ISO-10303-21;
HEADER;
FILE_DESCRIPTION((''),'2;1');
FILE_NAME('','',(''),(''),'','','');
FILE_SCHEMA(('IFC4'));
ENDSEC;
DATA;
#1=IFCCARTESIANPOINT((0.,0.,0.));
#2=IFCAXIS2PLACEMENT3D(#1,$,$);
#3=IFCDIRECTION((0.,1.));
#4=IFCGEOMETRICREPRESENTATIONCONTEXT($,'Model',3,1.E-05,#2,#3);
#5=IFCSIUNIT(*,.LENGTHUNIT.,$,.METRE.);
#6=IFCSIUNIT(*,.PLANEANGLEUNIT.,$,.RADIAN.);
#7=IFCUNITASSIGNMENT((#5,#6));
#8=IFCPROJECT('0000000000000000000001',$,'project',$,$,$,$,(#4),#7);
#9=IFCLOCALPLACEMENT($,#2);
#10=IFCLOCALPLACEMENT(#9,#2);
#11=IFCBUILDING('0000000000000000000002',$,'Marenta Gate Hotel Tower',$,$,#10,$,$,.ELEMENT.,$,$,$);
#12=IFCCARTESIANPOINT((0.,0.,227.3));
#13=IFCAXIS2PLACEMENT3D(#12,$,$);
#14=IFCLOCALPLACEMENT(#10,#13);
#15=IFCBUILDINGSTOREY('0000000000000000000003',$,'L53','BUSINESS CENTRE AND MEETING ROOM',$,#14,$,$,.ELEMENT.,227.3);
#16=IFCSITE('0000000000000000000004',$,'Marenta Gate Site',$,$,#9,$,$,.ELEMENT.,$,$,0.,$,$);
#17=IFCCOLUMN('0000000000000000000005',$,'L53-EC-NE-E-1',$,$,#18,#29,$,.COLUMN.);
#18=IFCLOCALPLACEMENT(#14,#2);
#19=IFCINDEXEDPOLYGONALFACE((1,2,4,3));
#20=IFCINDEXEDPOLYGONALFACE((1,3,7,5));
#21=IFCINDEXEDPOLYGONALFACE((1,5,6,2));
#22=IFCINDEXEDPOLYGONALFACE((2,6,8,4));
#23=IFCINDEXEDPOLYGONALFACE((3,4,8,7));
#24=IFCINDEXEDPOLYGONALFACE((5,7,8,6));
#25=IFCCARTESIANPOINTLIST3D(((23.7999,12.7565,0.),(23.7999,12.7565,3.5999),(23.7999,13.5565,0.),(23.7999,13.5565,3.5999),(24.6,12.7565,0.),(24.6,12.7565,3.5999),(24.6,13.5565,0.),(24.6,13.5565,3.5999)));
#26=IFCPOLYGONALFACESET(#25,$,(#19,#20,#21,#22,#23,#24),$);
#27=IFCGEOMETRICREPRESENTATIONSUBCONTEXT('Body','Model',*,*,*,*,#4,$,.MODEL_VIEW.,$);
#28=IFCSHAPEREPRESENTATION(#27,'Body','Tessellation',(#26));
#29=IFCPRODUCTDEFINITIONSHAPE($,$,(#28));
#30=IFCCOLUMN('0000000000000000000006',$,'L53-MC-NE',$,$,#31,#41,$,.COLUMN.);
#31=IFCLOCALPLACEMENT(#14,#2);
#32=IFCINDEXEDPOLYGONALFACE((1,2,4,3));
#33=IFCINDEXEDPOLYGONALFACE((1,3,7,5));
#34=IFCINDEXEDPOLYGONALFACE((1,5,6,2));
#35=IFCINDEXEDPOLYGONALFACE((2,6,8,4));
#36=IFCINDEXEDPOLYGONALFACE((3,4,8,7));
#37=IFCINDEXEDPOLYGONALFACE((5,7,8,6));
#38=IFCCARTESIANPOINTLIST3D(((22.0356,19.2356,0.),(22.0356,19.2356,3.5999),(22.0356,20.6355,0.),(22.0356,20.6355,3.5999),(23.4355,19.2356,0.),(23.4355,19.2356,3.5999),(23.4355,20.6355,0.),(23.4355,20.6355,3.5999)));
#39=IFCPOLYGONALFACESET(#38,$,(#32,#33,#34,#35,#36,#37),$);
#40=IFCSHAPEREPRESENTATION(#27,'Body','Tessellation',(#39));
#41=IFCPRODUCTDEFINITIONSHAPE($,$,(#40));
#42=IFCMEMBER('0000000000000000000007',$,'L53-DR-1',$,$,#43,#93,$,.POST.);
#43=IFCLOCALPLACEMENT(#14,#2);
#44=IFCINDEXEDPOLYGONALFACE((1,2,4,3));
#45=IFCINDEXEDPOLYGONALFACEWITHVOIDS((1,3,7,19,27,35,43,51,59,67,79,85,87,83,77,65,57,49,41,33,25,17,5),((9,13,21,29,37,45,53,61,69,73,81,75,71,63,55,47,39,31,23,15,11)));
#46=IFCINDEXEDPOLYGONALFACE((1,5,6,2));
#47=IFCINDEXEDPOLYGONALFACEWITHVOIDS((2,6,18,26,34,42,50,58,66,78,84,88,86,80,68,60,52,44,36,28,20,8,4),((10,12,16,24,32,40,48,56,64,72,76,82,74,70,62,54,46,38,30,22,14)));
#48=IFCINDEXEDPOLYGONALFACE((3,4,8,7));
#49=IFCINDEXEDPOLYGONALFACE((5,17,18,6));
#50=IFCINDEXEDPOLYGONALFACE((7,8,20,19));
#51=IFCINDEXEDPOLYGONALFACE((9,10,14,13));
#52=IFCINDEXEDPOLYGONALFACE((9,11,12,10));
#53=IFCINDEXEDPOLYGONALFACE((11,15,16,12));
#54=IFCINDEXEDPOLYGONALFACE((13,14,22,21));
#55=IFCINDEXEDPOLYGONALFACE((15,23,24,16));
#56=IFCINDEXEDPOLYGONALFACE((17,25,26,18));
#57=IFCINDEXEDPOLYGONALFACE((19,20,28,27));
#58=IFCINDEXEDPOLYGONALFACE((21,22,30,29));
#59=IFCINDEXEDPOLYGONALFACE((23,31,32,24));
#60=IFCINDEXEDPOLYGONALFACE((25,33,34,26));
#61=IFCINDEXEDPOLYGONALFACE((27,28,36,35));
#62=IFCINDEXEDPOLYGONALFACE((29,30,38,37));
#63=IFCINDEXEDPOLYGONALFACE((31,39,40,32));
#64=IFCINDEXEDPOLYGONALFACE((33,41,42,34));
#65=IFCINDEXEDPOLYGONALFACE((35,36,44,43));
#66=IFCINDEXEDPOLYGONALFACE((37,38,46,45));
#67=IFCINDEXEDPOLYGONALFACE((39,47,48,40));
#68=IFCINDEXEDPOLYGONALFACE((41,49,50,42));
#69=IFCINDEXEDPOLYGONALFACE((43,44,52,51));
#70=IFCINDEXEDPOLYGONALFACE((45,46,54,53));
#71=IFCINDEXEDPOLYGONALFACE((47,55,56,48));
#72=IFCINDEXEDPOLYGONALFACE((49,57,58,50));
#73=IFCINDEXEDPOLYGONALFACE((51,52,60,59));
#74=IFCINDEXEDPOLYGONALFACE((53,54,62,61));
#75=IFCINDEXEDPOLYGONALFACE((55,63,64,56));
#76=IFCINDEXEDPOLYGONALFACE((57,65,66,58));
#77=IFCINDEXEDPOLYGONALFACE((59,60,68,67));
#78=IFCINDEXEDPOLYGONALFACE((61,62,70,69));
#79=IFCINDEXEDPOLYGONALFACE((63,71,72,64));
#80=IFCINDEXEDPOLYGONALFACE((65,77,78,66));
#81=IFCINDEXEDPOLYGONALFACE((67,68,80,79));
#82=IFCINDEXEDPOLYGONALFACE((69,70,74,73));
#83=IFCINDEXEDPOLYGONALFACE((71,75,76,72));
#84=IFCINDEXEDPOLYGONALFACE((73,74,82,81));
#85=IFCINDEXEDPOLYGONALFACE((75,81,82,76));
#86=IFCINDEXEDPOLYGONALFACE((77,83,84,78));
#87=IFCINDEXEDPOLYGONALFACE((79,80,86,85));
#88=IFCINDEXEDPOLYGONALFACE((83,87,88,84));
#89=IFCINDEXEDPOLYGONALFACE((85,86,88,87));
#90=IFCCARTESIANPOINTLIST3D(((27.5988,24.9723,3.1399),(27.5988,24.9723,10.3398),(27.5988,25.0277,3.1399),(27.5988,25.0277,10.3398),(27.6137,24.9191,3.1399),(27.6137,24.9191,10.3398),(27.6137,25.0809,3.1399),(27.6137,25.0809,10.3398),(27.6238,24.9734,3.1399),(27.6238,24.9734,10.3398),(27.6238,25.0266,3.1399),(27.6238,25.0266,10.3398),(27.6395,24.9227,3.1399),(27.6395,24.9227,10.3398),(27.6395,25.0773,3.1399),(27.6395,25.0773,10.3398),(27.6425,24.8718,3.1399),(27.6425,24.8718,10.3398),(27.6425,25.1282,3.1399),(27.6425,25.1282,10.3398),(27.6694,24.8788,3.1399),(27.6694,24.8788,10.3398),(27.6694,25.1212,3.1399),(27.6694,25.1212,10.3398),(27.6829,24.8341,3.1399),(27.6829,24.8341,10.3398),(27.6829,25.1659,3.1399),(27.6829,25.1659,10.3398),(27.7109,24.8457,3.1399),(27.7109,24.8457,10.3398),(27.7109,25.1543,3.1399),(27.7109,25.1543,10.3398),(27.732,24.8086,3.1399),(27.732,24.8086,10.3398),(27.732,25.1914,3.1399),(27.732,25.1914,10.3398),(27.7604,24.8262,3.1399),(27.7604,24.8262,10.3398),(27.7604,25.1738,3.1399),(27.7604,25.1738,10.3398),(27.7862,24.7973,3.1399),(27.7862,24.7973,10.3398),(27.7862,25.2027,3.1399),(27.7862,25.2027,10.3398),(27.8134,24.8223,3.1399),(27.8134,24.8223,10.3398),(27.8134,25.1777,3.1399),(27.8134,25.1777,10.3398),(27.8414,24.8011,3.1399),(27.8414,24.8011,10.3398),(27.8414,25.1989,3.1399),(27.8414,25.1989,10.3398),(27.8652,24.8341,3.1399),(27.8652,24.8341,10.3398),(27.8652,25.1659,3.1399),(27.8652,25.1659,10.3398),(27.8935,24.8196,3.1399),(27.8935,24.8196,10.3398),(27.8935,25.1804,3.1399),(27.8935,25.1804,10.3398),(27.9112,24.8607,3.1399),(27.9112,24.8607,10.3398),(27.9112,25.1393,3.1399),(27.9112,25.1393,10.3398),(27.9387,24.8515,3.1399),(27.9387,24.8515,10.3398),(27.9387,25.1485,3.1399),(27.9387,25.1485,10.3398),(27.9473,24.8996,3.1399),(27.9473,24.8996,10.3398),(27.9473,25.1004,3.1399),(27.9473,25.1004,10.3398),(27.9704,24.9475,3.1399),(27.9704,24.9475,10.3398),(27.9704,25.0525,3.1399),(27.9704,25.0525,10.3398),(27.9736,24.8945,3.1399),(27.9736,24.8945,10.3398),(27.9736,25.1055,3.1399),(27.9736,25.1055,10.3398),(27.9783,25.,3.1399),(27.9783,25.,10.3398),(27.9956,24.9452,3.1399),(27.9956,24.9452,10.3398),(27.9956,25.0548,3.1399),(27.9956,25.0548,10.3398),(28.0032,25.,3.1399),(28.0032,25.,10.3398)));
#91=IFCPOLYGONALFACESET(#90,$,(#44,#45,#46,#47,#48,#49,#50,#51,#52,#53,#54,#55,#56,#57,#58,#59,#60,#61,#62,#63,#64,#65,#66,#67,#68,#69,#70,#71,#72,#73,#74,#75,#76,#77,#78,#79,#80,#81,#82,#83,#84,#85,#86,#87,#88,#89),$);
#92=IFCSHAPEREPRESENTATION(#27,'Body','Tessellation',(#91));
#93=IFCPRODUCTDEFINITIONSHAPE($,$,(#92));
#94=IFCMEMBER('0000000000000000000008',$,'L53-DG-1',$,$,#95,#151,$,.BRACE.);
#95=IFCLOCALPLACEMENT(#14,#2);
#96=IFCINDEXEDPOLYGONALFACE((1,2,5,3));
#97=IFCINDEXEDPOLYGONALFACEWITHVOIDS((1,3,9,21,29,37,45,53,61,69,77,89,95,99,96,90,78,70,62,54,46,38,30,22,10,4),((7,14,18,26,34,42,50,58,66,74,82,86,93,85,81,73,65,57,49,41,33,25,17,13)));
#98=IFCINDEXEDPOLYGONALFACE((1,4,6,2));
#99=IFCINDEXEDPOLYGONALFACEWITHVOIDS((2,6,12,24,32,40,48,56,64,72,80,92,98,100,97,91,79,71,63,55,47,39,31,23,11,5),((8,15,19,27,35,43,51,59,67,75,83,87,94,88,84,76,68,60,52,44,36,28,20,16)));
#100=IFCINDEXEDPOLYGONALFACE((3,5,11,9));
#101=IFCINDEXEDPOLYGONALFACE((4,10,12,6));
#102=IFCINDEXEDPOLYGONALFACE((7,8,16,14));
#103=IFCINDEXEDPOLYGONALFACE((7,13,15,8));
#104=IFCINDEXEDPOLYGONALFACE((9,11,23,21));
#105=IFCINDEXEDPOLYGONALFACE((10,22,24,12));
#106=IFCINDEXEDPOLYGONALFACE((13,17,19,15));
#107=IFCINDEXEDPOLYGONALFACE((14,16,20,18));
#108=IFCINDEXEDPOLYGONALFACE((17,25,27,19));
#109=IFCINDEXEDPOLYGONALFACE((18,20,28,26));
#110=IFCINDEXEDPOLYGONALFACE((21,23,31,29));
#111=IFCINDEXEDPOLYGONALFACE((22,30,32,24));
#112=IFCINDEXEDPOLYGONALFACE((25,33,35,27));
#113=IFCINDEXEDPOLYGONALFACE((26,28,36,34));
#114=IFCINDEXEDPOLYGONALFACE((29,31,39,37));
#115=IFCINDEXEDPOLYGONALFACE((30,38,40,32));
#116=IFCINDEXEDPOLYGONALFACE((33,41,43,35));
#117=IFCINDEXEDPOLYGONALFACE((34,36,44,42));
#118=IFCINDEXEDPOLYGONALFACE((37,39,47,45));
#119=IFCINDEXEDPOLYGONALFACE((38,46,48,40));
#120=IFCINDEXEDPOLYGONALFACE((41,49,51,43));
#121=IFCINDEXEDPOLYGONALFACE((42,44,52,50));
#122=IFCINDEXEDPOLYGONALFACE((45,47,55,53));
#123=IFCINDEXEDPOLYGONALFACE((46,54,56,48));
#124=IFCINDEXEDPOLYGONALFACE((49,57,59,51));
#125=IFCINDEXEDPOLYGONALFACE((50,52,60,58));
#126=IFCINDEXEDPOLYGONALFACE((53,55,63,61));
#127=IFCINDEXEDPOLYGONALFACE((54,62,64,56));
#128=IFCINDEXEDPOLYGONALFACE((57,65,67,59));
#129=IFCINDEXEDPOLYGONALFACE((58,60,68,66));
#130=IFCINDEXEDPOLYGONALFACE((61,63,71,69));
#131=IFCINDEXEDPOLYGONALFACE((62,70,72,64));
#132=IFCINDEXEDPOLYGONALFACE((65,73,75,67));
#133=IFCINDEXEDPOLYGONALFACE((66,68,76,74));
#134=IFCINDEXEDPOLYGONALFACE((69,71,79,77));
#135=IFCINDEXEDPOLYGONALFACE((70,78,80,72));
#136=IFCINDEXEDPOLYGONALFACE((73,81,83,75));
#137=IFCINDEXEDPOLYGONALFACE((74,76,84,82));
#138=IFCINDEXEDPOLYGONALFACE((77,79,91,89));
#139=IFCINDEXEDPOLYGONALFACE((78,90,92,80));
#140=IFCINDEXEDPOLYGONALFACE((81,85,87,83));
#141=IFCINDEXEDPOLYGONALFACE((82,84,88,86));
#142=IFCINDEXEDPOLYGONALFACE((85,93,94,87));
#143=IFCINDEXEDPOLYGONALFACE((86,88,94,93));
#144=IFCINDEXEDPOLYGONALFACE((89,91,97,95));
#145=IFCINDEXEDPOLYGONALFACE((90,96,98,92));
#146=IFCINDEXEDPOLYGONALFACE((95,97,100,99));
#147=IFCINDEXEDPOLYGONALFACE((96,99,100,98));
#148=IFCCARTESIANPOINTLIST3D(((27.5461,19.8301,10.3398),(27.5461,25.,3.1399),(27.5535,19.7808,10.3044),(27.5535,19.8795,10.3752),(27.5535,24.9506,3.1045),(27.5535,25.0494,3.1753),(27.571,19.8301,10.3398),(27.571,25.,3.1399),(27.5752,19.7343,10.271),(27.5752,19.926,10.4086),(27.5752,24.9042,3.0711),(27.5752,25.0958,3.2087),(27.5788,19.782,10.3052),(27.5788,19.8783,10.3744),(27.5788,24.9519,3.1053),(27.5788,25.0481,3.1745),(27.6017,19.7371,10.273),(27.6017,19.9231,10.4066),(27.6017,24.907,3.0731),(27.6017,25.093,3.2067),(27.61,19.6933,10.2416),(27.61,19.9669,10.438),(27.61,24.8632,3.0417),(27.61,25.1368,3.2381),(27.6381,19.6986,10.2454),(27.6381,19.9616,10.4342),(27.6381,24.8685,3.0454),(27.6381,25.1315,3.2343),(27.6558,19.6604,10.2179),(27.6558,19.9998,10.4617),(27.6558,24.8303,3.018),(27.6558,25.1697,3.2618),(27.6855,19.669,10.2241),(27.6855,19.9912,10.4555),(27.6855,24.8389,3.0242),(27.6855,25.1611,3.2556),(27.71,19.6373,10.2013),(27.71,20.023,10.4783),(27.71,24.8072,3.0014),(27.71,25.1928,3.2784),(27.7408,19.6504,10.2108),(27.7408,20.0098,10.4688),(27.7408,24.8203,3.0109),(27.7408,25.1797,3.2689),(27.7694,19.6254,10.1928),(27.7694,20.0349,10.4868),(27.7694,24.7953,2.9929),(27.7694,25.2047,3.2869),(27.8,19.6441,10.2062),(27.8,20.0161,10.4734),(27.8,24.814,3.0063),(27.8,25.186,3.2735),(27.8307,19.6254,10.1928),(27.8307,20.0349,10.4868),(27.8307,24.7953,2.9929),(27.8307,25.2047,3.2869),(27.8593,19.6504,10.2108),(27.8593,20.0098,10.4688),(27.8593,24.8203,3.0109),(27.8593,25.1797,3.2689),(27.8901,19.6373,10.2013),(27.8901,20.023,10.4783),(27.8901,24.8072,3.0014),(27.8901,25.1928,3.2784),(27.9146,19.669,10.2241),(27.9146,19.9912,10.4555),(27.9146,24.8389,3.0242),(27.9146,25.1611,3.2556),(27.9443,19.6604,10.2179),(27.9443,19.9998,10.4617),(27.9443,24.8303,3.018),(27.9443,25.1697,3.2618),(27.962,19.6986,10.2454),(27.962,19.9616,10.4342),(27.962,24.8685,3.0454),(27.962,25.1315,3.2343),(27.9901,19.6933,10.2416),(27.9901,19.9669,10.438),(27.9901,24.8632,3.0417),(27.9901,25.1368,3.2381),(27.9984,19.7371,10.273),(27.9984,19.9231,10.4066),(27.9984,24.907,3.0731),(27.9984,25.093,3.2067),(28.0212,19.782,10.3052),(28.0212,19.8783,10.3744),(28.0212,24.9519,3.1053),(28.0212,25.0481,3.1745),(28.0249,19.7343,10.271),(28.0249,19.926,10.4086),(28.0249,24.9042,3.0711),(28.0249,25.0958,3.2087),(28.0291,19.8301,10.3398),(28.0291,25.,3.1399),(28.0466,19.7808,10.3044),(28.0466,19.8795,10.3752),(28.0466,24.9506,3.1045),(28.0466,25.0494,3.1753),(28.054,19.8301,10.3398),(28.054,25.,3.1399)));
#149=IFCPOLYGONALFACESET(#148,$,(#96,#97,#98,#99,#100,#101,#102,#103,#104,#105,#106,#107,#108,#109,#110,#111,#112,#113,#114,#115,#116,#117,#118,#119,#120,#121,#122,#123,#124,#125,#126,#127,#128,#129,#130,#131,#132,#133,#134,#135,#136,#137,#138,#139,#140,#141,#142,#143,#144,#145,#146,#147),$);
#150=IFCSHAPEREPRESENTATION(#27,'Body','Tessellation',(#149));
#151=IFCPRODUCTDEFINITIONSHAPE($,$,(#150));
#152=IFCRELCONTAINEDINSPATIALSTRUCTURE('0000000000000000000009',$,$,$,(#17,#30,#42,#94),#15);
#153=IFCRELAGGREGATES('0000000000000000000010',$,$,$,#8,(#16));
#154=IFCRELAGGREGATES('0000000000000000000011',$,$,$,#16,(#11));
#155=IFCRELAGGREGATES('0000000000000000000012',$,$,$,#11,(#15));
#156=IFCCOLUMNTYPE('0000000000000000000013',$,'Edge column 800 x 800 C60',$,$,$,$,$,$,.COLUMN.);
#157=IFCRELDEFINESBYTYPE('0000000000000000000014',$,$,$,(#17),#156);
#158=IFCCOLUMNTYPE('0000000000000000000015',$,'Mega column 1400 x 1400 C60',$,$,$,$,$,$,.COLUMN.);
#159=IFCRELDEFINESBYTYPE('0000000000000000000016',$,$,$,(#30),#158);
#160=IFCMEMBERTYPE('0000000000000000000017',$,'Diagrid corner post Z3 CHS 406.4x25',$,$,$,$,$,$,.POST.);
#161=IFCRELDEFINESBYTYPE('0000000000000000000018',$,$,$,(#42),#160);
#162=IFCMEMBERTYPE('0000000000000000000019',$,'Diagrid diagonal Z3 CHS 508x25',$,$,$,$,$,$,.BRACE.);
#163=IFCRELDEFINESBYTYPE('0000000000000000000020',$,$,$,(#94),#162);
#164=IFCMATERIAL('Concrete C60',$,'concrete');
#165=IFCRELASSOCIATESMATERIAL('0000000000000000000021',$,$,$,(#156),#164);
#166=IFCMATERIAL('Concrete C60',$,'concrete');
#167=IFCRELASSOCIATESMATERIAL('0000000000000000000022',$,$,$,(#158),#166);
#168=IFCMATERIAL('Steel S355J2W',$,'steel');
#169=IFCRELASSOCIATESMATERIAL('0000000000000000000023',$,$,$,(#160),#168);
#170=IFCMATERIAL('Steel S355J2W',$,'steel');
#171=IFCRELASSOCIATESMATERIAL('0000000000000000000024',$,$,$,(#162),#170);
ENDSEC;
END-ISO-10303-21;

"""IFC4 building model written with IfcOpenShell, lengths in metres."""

from ifc_helpers import new_model, si_unit, direction, frame, origin, origin_2d, place, context, subcontext, project, spatial, rectangle, hollow_circle, extrude, material, material_profile, profile_set, type_object, element, save


model = new_model("IFC4")

# Units and contexts
model_context = context("Model", 3, precision=1e-05, world=origin(), true_north=direction((0.0, 1.0)))
body_context = subcontext(model_context, "Body", "Model", "MODEL_VIEW")
ifc_project = project(units=[si_unit("LENGTHUNIT", "METRE"), si_unit("PLANEANGLEUNIT", "RADIAN")], contexts=[model_context])

# Site, building, storey
site_placement = place(None, origin())
site = spatial("IfcSite", under=ifc_project, at=site_placement, Name="Marenta Gate Site", CompositionType="ELEMENT", RefElevation=0.0)
building_placement = place(site_placement, origin())
building = spatial("IfcBuilding", under=site, at=building_placement, Name="Marenta Gate Hotel Tower", CompositionType="ELEMENT")
storey_placement = place(building_placement, frame((0.0, 0.0, 227.3)))
storey = spatial("IfcBuildingStorey", under=building, at=storey_placement, Name="L53", Description="BUSINESS CENTRE AND MEETING ROOM", CompositionType="ELEMENT", Elevation=227.3)

# Columns
ifc_material_1 = material(Name="Concrete C60", Category="concrete")
ifc_material_profile_1 = material_profile(ifc_material_1, rectangle(XDim=0.8, YDim=0.8, at=origin_2d()), Name="800 x 800")
ifc_profile_set_1 = profile_set([ifc_material_profile_1], Name="Concrete C60")
column_type_1 = type_object("IfcColumnType", Name="Edge column 800 x 800 C60", PredefinedType="COLUMN", material=ifc_profile_set_1)
column_1_placement = place(storey_placement, frame((24.2, 13.1565, 0.0), z_axis=(0.0, 0.0, 1.0), x_axis=(1.0, 0.0, 0.0)))
element("IfcColumn", 1, at=column_1_placement, inside=storey, type_object=column_type_1, Name="L53-EC-NE-E-1", PredefinedType="COLUMN", context=body_context, shape_type="SweptSolid", body=[
    extrude(rectangle(XDim=0.8, YDim=0.8, at=origin_2d()), origin(), (0.0, 0.0, 1.0), 3.5999),
])
ifc_material_2 = material(Name="Concrete C60", Category="concrete")
ifc_material_profile_2 = material_profile(ifc_material_2, rectangle(XDim=1.3999, YDim=1.3999, at=origin_2d()), Name="1400 x 1400")
ifc_profile_set_2 = profile_set([ifc_material_profile_2], Name="Concrete C60")
column_type_2 = type_object("IfcColumnType", Name="Mega column 1400 x 1400 C60", PredefinedType="COLUMN", material=ifc_profile_set_2)
column_2_placement = place(storey_placement, frame((22.7356, 19.9355, 0.0), z_axis=(0.0, 0.0, 1.0), x_axis=(1.0, 0.0, 0.0)))
element("IfcColumn", 2, at=column_2_placement, inside=storey, type_object=column_type_2, Name="L53-MC-NE", PredefinedType="COLUMN", context=body_context, shape_type="SweptSolid", body=[
    extrude(rectangle(XDim=1.3999, YDim=1.3999, at=origin_2d()), origin(), (0.0, 0.0, 1.0), 3.5999),
])

# Members
ifc_material_3 = material(Name="Steel S355J2W", Category="steel")
ifc_material_profile_3 = material_profile(ifc_material_3, hollow_circle(Radius=0.2031, WallThickness=0.0249, at=origin_2d()), Name="CHS 406.4x25")
ifc_profile_set_3 = profile_set([ifc_material_profile_3], Name="Steel S355J2W")
member_type_1 = type_object("IfcMemberType", Name="Diagrid corner post Z3 CHS 406.4x25", PredefinedType="POST", material=ifc_profile_set_3)
member_1_placement = place(storey_placement, frame((27.8, 25.0, 3.1399), z_axis=(0.0, 0.0, 1.0), x_axis=(1.0, 0.0, 0.0)))
element("IfcMember", 3, at=member_1_placement, inside=storey, type_object=member_type_1, Name="L53-DR-1", PredefinedType="POST", context=body_context, shape_type="SweptSolid", body=[
    extrude(hollow_circle(Radius=0.2031, WallThickness=0.0249, at=origin_2d()), origin(), (0.0, 0.0, 1.0), 7.2),
])
ifc_material_4 = material(Name="Steel S355J2W", Category="steel")
ifc_material_profile_4 = material_profile(ifc_material_4, hollow_circle(Radius=0.2539, WallThickness=0.0249, at=origin_2d()), Name="CHS 508x25")
ifc_profile_set_4 = profile_set([ifc_material_profile_4], Name="Steel S355J2W")
member_type_2 = type_object("IfcMemberType", Name="Diagrid diagonal Z3 CHS 508x25", PredefinedType="BRACE", material=ifc_profile_set_4)
member_2_placement = place(storey_placement, frame((27.8, 25.0, 3.1399), z_axis=(0.0, -0.583261, 0.812285), x_axis=(1.0, 0.0, 0.0)))
element("IfcMember", 4, at=member_2_placement, inside=storey, type_object=member_type_2, Name="L53-DG-1", PredefinedType="BRACE", context=body_context, shape_type="SweptSolid", body=[
    extrude(hollow_circle(Radius=0.2539, WallThickness=0.0249, at=origin_2d()), origin(), (0.0, 0.0, 1.0), 8.8638),
])

save(model, "model.ifc")
